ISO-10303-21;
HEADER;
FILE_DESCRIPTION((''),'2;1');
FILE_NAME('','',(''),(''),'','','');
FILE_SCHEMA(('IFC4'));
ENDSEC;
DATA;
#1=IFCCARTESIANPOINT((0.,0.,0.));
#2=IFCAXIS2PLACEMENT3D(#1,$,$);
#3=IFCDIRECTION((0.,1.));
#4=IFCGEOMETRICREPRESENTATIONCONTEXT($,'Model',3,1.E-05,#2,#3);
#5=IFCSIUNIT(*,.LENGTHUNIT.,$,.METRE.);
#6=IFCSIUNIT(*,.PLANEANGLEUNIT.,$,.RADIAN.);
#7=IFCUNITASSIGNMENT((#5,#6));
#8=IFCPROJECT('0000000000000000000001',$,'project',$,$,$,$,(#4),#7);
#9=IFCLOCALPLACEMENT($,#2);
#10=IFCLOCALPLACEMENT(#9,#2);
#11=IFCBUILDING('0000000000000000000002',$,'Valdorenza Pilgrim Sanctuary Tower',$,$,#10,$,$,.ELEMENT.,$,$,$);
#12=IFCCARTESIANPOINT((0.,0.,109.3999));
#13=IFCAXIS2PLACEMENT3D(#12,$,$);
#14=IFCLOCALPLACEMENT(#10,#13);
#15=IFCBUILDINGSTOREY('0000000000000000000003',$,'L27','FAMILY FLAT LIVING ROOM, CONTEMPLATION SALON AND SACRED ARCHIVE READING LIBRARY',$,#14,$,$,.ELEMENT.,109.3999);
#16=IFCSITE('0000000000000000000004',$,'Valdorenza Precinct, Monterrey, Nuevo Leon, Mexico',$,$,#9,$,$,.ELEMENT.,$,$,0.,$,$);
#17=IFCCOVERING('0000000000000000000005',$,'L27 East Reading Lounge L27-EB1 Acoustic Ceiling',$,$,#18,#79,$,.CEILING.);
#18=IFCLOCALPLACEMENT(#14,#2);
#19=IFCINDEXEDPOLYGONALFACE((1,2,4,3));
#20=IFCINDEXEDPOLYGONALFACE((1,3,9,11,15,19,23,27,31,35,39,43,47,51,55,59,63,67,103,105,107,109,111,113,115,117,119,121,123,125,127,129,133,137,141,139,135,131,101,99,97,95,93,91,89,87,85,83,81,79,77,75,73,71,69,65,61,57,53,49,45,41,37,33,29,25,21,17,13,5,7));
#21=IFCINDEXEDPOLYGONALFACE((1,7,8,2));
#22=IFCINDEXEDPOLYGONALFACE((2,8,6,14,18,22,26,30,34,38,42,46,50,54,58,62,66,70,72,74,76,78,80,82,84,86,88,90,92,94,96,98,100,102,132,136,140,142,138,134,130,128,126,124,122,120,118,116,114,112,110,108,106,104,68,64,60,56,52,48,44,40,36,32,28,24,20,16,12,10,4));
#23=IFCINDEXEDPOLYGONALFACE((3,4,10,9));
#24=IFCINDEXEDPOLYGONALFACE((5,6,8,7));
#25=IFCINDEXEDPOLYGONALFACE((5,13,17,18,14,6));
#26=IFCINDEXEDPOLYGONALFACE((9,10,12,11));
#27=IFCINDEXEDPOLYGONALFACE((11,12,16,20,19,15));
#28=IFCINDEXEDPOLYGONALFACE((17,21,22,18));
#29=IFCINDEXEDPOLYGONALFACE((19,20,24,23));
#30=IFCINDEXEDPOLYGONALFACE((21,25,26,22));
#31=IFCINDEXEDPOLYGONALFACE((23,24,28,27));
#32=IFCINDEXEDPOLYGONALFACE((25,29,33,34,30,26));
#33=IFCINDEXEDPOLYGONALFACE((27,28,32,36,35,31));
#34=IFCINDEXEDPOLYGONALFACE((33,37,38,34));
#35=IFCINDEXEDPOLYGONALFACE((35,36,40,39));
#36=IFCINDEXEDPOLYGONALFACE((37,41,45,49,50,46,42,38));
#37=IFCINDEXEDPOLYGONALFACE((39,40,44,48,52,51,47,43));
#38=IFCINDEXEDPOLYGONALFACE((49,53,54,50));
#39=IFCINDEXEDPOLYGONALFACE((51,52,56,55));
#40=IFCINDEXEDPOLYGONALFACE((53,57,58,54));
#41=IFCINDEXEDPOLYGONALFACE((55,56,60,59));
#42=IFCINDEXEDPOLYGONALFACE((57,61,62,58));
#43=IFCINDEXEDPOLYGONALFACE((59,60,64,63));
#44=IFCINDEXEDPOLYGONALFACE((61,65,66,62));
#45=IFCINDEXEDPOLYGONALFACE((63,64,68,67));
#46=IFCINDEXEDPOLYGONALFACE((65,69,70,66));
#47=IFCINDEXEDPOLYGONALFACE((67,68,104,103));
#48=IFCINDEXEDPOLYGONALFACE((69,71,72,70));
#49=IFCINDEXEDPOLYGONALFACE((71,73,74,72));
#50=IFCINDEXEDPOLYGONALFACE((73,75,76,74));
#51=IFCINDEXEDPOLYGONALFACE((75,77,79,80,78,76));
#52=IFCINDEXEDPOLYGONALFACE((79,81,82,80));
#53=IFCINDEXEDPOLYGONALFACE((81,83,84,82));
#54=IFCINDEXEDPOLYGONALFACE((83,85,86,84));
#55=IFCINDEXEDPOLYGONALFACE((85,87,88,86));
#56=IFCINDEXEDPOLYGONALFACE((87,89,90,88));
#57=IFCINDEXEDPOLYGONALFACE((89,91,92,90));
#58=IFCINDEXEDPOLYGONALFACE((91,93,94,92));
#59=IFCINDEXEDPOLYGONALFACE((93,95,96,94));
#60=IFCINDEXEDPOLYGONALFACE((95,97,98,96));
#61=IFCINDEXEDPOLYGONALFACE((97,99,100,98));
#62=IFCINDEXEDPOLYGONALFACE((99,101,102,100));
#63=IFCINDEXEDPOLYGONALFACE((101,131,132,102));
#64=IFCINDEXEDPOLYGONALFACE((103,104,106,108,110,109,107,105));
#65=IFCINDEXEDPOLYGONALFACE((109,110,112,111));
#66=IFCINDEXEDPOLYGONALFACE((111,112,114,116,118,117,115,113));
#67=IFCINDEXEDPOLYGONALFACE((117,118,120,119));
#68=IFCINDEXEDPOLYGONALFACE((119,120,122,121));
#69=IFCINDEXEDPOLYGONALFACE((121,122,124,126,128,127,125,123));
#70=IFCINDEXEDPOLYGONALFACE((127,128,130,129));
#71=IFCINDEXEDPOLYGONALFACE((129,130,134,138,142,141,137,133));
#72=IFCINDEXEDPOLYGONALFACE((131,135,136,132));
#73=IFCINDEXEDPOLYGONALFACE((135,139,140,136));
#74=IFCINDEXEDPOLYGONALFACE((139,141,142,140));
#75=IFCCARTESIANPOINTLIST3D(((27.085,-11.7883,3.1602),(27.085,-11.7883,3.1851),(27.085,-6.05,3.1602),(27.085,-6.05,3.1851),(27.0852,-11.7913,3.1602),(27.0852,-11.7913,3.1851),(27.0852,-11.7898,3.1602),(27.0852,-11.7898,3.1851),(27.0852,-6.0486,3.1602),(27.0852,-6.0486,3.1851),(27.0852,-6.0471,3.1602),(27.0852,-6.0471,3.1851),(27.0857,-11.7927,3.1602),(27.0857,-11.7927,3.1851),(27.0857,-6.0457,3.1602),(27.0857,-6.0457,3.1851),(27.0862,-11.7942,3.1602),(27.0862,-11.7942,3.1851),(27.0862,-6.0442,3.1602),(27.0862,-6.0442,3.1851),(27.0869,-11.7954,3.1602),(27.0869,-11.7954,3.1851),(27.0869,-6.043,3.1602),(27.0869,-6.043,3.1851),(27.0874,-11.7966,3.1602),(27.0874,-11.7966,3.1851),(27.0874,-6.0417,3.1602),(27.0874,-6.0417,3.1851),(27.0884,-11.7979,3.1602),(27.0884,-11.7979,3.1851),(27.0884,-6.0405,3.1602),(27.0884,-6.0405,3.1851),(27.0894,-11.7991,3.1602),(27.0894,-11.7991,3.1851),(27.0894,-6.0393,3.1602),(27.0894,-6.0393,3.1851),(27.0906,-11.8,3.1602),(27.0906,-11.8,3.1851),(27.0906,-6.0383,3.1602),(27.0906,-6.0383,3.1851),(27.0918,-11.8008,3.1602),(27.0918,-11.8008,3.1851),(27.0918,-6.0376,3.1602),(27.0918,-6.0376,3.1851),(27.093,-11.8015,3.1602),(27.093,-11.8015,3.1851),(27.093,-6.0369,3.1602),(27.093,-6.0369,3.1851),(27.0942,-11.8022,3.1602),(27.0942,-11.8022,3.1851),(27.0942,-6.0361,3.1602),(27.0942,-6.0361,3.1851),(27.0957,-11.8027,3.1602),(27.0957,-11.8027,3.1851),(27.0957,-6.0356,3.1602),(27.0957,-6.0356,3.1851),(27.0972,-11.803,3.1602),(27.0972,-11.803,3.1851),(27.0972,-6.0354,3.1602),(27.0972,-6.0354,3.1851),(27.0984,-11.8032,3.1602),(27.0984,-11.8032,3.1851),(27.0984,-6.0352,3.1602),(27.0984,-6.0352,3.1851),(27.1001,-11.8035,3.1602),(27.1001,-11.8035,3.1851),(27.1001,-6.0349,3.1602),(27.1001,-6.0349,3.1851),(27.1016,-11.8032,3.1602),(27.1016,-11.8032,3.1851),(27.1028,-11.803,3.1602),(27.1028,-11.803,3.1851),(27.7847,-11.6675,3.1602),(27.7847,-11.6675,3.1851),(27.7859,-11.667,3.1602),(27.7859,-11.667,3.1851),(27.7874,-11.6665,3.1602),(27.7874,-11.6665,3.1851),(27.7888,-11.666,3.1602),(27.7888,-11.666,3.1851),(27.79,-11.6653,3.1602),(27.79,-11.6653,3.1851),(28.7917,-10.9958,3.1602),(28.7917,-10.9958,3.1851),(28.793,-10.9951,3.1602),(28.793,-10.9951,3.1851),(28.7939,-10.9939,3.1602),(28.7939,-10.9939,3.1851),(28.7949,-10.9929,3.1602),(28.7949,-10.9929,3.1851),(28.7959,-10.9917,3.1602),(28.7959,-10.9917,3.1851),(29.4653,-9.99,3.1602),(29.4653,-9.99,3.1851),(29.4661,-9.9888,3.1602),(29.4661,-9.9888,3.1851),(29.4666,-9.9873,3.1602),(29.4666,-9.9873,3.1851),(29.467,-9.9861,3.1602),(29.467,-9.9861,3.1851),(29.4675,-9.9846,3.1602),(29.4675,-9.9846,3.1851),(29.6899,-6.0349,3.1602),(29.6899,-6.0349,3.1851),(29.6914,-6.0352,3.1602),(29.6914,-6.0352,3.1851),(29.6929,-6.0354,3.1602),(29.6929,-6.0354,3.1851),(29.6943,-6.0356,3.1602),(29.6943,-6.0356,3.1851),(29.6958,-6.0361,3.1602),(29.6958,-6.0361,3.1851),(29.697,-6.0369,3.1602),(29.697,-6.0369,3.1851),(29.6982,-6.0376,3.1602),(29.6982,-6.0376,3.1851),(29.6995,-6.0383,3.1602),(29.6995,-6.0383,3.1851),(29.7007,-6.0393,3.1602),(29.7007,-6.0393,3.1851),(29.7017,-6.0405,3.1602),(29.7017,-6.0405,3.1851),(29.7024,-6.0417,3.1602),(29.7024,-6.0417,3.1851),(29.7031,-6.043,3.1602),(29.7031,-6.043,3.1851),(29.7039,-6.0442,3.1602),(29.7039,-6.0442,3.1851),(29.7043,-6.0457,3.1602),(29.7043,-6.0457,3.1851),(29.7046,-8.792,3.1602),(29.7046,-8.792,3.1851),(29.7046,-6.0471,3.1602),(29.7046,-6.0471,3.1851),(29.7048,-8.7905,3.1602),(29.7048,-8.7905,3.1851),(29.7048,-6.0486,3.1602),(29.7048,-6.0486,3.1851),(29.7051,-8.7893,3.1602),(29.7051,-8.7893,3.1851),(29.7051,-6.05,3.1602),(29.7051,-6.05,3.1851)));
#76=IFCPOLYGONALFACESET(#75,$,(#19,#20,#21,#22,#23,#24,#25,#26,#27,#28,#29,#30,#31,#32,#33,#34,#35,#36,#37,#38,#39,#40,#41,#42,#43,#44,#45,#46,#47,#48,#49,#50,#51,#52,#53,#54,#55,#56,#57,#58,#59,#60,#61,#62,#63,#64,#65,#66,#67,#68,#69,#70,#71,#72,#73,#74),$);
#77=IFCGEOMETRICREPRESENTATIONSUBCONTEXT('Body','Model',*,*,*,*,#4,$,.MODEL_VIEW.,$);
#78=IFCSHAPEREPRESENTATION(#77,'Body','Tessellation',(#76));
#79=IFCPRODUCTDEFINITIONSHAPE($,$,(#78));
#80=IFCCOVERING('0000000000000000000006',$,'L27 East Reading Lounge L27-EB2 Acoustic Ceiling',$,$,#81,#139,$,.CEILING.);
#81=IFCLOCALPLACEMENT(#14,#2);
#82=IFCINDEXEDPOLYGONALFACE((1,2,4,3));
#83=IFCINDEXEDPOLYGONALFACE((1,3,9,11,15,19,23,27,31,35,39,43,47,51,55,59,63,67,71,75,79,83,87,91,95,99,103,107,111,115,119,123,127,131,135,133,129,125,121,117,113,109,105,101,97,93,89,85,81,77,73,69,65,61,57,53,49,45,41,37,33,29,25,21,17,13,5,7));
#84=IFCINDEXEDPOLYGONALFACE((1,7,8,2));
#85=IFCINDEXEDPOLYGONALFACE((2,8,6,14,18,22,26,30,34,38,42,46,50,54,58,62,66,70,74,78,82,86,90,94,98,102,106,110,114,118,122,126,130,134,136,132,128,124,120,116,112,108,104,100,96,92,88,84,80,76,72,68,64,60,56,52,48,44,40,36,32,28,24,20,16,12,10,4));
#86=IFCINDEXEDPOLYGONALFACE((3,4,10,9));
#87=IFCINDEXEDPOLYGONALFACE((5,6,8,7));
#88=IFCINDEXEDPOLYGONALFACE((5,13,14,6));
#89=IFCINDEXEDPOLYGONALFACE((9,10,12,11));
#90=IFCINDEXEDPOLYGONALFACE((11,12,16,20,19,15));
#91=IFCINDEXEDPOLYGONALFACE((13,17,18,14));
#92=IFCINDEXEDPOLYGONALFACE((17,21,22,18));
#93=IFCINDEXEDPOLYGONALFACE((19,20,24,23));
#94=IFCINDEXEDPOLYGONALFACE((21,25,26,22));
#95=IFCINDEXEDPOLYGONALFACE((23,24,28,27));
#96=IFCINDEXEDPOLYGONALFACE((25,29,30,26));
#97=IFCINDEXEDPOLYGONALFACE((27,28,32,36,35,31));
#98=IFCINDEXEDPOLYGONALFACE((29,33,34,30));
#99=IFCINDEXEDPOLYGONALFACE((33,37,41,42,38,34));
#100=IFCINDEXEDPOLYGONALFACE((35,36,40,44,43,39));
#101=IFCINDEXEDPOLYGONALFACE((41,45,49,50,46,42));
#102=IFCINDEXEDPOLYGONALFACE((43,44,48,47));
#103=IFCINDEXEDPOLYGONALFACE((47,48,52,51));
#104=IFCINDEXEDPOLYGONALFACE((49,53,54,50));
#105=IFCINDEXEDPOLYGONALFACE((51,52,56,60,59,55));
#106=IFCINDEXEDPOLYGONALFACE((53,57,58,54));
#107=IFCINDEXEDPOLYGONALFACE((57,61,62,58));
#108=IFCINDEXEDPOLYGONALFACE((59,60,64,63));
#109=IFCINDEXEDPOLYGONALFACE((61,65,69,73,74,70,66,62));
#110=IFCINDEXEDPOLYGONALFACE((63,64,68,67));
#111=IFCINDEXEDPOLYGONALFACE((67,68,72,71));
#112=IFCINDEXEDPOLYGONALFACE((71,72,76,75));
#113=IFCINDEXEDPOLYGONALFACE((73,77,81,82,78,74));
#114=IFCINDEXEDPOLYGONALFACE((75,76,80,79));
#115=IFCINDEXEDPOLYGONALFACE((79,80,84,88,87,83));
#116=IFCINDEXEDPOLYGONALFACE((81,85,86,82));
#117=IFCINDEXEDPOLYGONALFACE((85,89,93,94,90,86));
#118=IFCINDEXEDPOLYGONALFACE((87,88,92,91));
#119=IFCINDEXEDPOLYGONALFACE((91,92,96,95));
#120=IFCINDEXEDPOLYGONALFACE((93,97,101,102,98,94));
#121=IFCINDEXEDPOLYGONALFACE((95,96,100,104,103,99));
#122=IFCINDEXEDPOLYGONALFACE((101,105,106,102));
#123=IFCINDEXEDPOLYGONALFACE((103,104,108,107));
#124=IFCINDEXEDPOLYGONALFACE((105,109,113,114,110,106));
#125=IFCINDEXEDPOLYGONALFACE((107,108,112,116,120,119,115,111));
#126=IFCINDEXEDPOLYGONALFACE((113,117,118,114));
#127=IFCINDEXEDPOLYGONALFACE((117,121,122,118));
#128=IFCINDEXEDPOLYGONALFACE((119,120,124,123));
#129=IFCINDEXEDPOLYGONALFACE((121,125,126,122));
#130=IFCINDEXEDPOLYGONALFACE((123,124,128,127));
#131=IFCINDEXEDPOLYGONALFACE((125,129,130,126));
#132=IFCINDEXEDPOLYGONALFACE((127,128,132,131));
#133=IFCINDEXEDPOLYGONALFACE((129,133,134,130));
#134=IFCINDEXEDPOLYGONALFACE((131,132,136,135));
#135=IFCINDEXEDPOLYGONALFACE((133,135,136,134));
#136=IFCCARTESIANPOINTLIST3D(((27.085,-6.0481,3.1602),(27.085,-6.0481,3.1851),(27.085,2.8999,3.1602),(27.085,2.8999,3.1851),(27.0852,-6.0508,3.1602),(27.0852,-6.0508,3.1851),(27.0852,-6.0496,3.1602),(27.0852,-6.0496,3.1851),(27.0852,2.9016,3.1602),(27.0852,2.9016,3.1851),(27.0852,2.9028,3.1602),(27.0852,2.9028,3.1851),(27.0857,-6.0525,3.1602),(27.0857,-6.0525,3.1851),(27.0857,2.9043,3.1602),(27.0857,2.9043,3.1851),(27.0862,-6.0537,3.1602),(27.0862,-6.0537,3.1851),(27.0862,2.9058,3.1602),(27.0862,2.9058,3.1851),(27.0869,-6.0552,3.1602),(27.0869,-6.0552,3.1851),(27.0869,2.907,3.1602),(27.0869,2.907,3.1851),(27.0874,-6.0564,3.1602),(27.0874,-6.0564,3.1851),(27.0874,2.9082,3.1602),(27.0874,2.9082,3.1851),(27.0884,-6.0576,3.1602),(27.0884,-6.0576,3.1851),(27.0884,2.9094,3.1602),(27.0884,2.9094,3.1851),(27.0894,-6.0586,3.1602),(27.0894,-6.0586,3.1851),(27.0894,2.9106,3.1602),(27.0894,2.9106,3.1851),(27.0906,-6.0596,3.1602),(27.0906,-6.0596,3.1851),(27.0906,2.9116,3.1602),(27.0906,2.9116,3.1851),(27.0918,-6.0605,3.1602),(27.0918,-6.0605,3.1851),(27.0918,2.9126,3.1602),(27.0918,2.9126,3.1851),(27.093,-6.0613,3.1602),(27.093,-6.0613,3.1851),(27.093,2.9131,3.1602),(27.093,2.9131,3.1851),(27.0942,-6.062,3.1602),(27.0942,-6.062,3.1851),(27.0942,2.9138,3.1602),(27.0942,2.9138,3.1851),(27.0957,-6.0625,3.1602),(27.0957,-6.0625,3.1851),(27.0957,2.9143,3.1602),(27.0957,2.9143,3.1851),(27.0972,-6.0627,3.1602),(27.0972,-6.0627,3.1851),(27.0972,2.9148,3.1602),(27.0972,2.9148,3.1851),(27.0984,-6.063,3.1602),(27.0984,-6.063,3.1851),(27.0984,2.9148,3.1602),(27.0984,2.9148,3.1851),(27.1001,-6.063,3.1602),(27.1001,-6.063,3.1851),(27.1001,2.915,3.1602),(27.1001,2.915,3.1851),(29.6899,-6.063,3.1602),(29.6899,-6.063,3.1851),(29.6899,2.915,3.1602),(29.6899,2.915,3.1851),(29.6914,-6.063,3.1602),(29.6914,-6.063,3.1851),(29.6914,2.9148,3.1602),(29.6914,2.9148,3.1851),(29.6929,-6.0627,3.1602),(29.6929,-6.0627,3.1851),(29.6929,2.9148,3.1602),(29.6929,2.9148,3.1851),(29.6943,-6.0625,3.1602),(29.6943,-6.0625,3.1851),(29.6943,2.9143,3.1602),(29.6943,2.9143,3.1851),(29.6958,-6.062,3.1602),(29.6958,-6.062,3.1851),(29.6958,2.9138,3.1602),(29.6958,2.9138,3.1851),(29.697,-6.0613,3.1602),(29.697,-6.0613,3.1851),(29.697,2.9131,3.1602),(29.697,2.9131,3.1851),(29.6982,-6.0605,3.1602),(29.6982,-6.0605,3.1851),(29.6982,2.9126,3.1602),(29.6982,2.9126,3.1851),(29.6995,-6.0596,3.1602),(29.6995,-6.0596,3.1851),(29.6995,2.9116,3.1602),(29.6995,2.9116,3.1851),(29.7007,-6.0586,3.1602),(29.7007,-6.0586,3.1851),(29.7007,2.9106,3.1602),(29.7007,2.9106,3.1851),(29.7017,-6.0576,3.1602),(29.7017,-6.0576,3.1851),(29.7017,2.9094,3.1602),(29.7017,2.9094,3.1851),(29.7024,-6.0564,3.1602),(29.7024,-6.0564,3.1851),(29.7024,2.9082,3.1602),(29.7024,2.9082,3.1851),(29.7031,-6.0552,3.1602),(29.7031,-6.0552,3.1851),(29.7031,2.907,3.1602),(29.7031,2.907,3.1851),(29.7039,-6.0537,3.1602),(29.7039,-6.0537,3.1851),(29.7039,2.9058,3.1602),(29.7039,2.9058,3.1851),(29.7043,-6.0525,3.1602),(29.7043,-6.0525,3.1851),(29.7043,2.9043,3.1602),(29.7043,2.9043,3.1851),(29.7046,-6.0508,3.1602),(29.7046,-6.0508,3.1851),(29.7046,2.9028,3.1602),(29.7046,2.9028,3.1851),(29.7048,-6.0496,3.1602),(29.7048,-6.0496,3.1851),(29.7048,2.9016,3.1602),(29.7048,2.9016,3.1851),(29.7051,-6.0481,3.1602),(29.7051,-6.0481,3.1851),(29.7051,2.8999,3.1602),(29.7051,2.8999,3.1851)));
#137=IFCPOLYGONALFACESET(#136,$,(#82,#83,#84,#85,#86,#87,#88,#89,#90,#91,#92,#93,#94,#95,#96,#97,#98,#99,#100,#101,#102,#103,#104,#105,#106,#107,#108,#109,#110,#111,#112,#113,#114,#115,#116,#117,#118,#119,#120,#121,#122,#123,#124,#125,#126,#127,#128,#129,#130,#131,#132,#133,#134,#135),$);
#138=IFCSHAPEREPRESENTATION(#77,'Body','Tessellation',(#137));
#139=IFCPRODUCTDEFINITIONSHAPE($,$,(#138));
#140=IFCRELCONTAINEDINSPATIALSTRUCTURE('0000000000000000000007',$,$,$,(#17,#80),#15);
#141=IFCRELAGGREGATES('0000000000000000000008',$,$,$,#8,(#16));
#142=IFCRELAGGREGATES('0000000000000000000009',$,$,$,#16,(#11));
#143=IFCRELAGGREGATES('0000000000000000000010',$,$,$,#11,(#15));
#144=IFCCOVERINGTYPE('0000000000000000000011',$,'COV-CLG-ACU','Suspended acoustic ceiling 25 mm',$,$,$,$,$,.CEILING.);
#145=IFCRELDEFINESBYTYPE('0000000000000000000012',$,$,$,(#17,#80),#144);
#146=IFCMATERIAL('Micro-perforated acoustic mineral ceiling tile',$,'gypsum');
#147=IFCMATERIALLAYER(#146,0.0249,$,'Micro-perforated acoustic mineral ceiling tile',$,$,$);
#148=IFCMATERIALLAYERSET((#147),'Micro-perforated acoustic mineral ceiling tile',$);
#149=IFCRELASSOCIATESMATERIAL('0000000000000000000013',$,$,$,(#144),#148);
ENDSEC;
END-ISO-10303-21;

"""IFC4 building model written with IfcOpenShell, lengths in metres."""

from ifc_helpers import new_model, si_unit, direction, frame, origin, place, context, subcontext, project, spatial, polyline, outline, extrude, material, layer, layer_set, type_object, element, save


model = new_model("IFC4")

# Units and contexts
model_context = context("Model", 3, precision=1e-05, world=origin(), true_north=direction((0.0, 1.0)))
body_context = subcontext(model_context, "Body", "Model", "MODEL_VIEW")
ifc_project = project(units=[si_unit("LENGTHUNIT", "METRE"), si_unit("PLANEANGLEUNIT", "RADIAN")], contexts=[model_context])

# Site, building, storey
site_placement = place(None, origin())
site = spatial("IfcSite", under=ifc_project, at=site_placement, Name="Valdorenza Precinct, Monterrey, Nuevo Leon, Mexico", CompositionType="ELEMENT", RefElevation=0.0)
building_placement = place(site_placement, origin())
building = spatial("IfcBuilding", under=site, at=building_placement, Name="Valdorenza Pilgrim Sanctuary Tower", CompositionType="ELEMENT")
storey_placement = place(building_placement, frame((0.0, 0.0, 109.3999)))
storey = spatial("IfcBuildingStorey", under=building, at=storey_placement, Name="L27", Description="FAMILY FLAT LIVING ROOM, CONTEMPLATION SALON AND SACRED ARCHIVE READING LIBRARY", CompositionType="ELEMENT", Elevation=109.3999)

# Coverings
ifc_material_1 = material(Name="Micro-perforated acoustic mineral ceiling tile", Category="gypsum")
ifc_layer_1 = layer(ifc_material_1, 0.0249, Name="Micro-perforated acoustic mineral ceiling tile")
ifc_layer_set_1 = layer_set([ifc_layer_1], Name="Micro-perforated acoustic mineral ceiling tile")
covering_type_1 = type_object("IfcCoveringType", Name="COV-CLG-ACU", Description="Suspended acoustic ceiling 25 mm", PredefinedType="CEILING", material=ifc_layer_set_1)
covering_1_placement = place(storey_placement, frame((0.0, 0.0, 3.1602)))
element("IfcCovering", 1, at=covering_1_placement, inside=storey, type_object=covering_type_1, Name="L27 East Reading Lounge L27-EB1 Acoustic Ceiling", PredefinedType="CEILING", context=body_context, shape_type="SweptSolid", body=[
    extrude(outline(polyline([(29.6899, -6.0349), (29.6914, -6.0352), (29.6929, -6.0354), (29.6943, -6.0356), (29.6958, -6.0361), (29.697, -6.0369), (29.6982, -6.0376), (29.6995, -6.0383), (29.7007, -6.0393), (29.7017, -6.0405), (29.7024, -6.0417), (29.7031, -6.043), (29.7039, -6.0442), (29.7043, -6.0457), (29.7046, -6.0471), (29.7048, -6.0486), (29.7051, -6.05), (29.7051, -8.7893), (29.7048, -8.7905), (29.7046, -8.792), (29.4675, -9.9846), (29.467, -9.9861), (29.4666, -9.9873), (29.4661, -9.9888), (29.4653, -9.99), (28.7959, -10.9917), (28.7949, -10.9929), (28.7939, -10.9939), (28.793, -10.9951), (28.7917, -10.9958), (27.79, -11.6653), (27.7888, -11.666), (27.7874, -11.6665), (27.7859, -11.667), (27.7847, -11.6675), (27.1028, -11.803), (27.1016, -11.8032), (27.1001, -11.8035), (27.0984, -11.8032), (27.0972, -11.803), (27.0957, -11.8027), (27.0942, -11.8022), (27.093, -11.8015), (27.0918, -11.8008), (27.0906, -11.8), (27.0894, -11.7991), (27.0884, -11.7979), (27.0874, -11.7966), (27.0869, -11.7954), (27.0862, -11.7942), (27.0857, -11.7927), (27.0852, -11.7913), (27.0852, -11.7898), (27.085, -11.7883), (27.085, -6.05), (27.0852, -6.0486), (27.0852, -6.0471), (27.0857, -6.0457), (27.0862, -6.0442), (27.0869, -6.043), (27.0874, -6.0417), (27.0884, -6.0405), (27.0894, -6.0393), (27.0906, -6.0383), (27.0918, -6.0376), (27.093, -6.0369), (27.0942, -6.0361), (27.0957, -6.0356), (27.0972, -6.0354), (27.0984, -6.0352), (27.1001, -6.0349), (29.6899, -6.0349)])), origin(), (0.0, 0.0, 1.0), 0.0249),
])
covering_2_placement = place(storey_placement, frame((0.0, 0.0, 3.1602)))
element("IfcCovering", 2, at=covering_2_placement, inside=storey, type_object=covering_type_1, Name="L27 East Reading Lounge L27-EB2 Acoustic Ceiling", PredefinedType="CEILING", context=body_context, shape_type="SweptSolid", body=[
    extrude(outline(polyline([(27.085, 2.8999), (27.0852, 2.9016), (27.0852, 2.9028), (27.0857, 2.9043), (27.0862, 2.9058), (27.0869, 2.907), (27.0874, 2.9082), (27.0884, 2.9094), (27.0894, 2.9106), (27.0906, 2.9116), (27.0918, 2.9126), (27.093, 2.9131), (27.0942, 2.9138), (27.0957, 2.9143), (27.0972, 2.9148), (27.0984, 2.9148), (27.1001, 2.915), (29.6899, 2.915), (29.6914, 2.9148), (29.6929, 2.9148), (29.6943, 2.9143), (29.6958, 2.9138), (29.697, 2.9131), (29.6982, 2.9126), (29.6995, 2.9116), (29.7007, 2.9106), (29.7017, 2.9094), (29.7024, 2.9082), (29.7031, 2.907), (29.7039, 2.9058), (29.7043, 2.9043), (29.7046, 2.9028), (29.7048, 2.9016), (29.7051, 2.8999), (29.7051, -6.0481), (29.7048, -6.0496), (29.7046, -6.0508), (29.7043, -6.0525), (29.7039, -6.0537), (29.7031, -6.0552), (29.7024, -6.0564), (29.7017, -6.0576), (29.7007, -6.0586), (29.6995, -6.0596), (29.6982, -6.0605), (29.697, -6.0613), (29.6958, -6.062), (29.6943, -6.0625), (29.6929, -6.0627), (29.6914, -6.063), (29.6899, -6.063), (27.1001, -6.063), (27.0984, -6.063), (27.0972, -6.0627), (27.0957, -6.0625), (27.0942, -6.062), (27.093, -6.0613), (27.0918, -6.0605), (27.0906, -6.0596), (27.0894, -6.0586), (27.0884, -6.0576), (27.0874, -6.0564), (27.0869, -6.0552), (27.0862, -6.0537), (27.0857, -6.0525), (27.0852, -6.0508), (27.0852, -6.0496), (27.085, -6.0481), (27.085, 2.8999)])), origin(), (0.0, 0.0, 1.0), 0.0249),
])

save(model, "model.ifc")
